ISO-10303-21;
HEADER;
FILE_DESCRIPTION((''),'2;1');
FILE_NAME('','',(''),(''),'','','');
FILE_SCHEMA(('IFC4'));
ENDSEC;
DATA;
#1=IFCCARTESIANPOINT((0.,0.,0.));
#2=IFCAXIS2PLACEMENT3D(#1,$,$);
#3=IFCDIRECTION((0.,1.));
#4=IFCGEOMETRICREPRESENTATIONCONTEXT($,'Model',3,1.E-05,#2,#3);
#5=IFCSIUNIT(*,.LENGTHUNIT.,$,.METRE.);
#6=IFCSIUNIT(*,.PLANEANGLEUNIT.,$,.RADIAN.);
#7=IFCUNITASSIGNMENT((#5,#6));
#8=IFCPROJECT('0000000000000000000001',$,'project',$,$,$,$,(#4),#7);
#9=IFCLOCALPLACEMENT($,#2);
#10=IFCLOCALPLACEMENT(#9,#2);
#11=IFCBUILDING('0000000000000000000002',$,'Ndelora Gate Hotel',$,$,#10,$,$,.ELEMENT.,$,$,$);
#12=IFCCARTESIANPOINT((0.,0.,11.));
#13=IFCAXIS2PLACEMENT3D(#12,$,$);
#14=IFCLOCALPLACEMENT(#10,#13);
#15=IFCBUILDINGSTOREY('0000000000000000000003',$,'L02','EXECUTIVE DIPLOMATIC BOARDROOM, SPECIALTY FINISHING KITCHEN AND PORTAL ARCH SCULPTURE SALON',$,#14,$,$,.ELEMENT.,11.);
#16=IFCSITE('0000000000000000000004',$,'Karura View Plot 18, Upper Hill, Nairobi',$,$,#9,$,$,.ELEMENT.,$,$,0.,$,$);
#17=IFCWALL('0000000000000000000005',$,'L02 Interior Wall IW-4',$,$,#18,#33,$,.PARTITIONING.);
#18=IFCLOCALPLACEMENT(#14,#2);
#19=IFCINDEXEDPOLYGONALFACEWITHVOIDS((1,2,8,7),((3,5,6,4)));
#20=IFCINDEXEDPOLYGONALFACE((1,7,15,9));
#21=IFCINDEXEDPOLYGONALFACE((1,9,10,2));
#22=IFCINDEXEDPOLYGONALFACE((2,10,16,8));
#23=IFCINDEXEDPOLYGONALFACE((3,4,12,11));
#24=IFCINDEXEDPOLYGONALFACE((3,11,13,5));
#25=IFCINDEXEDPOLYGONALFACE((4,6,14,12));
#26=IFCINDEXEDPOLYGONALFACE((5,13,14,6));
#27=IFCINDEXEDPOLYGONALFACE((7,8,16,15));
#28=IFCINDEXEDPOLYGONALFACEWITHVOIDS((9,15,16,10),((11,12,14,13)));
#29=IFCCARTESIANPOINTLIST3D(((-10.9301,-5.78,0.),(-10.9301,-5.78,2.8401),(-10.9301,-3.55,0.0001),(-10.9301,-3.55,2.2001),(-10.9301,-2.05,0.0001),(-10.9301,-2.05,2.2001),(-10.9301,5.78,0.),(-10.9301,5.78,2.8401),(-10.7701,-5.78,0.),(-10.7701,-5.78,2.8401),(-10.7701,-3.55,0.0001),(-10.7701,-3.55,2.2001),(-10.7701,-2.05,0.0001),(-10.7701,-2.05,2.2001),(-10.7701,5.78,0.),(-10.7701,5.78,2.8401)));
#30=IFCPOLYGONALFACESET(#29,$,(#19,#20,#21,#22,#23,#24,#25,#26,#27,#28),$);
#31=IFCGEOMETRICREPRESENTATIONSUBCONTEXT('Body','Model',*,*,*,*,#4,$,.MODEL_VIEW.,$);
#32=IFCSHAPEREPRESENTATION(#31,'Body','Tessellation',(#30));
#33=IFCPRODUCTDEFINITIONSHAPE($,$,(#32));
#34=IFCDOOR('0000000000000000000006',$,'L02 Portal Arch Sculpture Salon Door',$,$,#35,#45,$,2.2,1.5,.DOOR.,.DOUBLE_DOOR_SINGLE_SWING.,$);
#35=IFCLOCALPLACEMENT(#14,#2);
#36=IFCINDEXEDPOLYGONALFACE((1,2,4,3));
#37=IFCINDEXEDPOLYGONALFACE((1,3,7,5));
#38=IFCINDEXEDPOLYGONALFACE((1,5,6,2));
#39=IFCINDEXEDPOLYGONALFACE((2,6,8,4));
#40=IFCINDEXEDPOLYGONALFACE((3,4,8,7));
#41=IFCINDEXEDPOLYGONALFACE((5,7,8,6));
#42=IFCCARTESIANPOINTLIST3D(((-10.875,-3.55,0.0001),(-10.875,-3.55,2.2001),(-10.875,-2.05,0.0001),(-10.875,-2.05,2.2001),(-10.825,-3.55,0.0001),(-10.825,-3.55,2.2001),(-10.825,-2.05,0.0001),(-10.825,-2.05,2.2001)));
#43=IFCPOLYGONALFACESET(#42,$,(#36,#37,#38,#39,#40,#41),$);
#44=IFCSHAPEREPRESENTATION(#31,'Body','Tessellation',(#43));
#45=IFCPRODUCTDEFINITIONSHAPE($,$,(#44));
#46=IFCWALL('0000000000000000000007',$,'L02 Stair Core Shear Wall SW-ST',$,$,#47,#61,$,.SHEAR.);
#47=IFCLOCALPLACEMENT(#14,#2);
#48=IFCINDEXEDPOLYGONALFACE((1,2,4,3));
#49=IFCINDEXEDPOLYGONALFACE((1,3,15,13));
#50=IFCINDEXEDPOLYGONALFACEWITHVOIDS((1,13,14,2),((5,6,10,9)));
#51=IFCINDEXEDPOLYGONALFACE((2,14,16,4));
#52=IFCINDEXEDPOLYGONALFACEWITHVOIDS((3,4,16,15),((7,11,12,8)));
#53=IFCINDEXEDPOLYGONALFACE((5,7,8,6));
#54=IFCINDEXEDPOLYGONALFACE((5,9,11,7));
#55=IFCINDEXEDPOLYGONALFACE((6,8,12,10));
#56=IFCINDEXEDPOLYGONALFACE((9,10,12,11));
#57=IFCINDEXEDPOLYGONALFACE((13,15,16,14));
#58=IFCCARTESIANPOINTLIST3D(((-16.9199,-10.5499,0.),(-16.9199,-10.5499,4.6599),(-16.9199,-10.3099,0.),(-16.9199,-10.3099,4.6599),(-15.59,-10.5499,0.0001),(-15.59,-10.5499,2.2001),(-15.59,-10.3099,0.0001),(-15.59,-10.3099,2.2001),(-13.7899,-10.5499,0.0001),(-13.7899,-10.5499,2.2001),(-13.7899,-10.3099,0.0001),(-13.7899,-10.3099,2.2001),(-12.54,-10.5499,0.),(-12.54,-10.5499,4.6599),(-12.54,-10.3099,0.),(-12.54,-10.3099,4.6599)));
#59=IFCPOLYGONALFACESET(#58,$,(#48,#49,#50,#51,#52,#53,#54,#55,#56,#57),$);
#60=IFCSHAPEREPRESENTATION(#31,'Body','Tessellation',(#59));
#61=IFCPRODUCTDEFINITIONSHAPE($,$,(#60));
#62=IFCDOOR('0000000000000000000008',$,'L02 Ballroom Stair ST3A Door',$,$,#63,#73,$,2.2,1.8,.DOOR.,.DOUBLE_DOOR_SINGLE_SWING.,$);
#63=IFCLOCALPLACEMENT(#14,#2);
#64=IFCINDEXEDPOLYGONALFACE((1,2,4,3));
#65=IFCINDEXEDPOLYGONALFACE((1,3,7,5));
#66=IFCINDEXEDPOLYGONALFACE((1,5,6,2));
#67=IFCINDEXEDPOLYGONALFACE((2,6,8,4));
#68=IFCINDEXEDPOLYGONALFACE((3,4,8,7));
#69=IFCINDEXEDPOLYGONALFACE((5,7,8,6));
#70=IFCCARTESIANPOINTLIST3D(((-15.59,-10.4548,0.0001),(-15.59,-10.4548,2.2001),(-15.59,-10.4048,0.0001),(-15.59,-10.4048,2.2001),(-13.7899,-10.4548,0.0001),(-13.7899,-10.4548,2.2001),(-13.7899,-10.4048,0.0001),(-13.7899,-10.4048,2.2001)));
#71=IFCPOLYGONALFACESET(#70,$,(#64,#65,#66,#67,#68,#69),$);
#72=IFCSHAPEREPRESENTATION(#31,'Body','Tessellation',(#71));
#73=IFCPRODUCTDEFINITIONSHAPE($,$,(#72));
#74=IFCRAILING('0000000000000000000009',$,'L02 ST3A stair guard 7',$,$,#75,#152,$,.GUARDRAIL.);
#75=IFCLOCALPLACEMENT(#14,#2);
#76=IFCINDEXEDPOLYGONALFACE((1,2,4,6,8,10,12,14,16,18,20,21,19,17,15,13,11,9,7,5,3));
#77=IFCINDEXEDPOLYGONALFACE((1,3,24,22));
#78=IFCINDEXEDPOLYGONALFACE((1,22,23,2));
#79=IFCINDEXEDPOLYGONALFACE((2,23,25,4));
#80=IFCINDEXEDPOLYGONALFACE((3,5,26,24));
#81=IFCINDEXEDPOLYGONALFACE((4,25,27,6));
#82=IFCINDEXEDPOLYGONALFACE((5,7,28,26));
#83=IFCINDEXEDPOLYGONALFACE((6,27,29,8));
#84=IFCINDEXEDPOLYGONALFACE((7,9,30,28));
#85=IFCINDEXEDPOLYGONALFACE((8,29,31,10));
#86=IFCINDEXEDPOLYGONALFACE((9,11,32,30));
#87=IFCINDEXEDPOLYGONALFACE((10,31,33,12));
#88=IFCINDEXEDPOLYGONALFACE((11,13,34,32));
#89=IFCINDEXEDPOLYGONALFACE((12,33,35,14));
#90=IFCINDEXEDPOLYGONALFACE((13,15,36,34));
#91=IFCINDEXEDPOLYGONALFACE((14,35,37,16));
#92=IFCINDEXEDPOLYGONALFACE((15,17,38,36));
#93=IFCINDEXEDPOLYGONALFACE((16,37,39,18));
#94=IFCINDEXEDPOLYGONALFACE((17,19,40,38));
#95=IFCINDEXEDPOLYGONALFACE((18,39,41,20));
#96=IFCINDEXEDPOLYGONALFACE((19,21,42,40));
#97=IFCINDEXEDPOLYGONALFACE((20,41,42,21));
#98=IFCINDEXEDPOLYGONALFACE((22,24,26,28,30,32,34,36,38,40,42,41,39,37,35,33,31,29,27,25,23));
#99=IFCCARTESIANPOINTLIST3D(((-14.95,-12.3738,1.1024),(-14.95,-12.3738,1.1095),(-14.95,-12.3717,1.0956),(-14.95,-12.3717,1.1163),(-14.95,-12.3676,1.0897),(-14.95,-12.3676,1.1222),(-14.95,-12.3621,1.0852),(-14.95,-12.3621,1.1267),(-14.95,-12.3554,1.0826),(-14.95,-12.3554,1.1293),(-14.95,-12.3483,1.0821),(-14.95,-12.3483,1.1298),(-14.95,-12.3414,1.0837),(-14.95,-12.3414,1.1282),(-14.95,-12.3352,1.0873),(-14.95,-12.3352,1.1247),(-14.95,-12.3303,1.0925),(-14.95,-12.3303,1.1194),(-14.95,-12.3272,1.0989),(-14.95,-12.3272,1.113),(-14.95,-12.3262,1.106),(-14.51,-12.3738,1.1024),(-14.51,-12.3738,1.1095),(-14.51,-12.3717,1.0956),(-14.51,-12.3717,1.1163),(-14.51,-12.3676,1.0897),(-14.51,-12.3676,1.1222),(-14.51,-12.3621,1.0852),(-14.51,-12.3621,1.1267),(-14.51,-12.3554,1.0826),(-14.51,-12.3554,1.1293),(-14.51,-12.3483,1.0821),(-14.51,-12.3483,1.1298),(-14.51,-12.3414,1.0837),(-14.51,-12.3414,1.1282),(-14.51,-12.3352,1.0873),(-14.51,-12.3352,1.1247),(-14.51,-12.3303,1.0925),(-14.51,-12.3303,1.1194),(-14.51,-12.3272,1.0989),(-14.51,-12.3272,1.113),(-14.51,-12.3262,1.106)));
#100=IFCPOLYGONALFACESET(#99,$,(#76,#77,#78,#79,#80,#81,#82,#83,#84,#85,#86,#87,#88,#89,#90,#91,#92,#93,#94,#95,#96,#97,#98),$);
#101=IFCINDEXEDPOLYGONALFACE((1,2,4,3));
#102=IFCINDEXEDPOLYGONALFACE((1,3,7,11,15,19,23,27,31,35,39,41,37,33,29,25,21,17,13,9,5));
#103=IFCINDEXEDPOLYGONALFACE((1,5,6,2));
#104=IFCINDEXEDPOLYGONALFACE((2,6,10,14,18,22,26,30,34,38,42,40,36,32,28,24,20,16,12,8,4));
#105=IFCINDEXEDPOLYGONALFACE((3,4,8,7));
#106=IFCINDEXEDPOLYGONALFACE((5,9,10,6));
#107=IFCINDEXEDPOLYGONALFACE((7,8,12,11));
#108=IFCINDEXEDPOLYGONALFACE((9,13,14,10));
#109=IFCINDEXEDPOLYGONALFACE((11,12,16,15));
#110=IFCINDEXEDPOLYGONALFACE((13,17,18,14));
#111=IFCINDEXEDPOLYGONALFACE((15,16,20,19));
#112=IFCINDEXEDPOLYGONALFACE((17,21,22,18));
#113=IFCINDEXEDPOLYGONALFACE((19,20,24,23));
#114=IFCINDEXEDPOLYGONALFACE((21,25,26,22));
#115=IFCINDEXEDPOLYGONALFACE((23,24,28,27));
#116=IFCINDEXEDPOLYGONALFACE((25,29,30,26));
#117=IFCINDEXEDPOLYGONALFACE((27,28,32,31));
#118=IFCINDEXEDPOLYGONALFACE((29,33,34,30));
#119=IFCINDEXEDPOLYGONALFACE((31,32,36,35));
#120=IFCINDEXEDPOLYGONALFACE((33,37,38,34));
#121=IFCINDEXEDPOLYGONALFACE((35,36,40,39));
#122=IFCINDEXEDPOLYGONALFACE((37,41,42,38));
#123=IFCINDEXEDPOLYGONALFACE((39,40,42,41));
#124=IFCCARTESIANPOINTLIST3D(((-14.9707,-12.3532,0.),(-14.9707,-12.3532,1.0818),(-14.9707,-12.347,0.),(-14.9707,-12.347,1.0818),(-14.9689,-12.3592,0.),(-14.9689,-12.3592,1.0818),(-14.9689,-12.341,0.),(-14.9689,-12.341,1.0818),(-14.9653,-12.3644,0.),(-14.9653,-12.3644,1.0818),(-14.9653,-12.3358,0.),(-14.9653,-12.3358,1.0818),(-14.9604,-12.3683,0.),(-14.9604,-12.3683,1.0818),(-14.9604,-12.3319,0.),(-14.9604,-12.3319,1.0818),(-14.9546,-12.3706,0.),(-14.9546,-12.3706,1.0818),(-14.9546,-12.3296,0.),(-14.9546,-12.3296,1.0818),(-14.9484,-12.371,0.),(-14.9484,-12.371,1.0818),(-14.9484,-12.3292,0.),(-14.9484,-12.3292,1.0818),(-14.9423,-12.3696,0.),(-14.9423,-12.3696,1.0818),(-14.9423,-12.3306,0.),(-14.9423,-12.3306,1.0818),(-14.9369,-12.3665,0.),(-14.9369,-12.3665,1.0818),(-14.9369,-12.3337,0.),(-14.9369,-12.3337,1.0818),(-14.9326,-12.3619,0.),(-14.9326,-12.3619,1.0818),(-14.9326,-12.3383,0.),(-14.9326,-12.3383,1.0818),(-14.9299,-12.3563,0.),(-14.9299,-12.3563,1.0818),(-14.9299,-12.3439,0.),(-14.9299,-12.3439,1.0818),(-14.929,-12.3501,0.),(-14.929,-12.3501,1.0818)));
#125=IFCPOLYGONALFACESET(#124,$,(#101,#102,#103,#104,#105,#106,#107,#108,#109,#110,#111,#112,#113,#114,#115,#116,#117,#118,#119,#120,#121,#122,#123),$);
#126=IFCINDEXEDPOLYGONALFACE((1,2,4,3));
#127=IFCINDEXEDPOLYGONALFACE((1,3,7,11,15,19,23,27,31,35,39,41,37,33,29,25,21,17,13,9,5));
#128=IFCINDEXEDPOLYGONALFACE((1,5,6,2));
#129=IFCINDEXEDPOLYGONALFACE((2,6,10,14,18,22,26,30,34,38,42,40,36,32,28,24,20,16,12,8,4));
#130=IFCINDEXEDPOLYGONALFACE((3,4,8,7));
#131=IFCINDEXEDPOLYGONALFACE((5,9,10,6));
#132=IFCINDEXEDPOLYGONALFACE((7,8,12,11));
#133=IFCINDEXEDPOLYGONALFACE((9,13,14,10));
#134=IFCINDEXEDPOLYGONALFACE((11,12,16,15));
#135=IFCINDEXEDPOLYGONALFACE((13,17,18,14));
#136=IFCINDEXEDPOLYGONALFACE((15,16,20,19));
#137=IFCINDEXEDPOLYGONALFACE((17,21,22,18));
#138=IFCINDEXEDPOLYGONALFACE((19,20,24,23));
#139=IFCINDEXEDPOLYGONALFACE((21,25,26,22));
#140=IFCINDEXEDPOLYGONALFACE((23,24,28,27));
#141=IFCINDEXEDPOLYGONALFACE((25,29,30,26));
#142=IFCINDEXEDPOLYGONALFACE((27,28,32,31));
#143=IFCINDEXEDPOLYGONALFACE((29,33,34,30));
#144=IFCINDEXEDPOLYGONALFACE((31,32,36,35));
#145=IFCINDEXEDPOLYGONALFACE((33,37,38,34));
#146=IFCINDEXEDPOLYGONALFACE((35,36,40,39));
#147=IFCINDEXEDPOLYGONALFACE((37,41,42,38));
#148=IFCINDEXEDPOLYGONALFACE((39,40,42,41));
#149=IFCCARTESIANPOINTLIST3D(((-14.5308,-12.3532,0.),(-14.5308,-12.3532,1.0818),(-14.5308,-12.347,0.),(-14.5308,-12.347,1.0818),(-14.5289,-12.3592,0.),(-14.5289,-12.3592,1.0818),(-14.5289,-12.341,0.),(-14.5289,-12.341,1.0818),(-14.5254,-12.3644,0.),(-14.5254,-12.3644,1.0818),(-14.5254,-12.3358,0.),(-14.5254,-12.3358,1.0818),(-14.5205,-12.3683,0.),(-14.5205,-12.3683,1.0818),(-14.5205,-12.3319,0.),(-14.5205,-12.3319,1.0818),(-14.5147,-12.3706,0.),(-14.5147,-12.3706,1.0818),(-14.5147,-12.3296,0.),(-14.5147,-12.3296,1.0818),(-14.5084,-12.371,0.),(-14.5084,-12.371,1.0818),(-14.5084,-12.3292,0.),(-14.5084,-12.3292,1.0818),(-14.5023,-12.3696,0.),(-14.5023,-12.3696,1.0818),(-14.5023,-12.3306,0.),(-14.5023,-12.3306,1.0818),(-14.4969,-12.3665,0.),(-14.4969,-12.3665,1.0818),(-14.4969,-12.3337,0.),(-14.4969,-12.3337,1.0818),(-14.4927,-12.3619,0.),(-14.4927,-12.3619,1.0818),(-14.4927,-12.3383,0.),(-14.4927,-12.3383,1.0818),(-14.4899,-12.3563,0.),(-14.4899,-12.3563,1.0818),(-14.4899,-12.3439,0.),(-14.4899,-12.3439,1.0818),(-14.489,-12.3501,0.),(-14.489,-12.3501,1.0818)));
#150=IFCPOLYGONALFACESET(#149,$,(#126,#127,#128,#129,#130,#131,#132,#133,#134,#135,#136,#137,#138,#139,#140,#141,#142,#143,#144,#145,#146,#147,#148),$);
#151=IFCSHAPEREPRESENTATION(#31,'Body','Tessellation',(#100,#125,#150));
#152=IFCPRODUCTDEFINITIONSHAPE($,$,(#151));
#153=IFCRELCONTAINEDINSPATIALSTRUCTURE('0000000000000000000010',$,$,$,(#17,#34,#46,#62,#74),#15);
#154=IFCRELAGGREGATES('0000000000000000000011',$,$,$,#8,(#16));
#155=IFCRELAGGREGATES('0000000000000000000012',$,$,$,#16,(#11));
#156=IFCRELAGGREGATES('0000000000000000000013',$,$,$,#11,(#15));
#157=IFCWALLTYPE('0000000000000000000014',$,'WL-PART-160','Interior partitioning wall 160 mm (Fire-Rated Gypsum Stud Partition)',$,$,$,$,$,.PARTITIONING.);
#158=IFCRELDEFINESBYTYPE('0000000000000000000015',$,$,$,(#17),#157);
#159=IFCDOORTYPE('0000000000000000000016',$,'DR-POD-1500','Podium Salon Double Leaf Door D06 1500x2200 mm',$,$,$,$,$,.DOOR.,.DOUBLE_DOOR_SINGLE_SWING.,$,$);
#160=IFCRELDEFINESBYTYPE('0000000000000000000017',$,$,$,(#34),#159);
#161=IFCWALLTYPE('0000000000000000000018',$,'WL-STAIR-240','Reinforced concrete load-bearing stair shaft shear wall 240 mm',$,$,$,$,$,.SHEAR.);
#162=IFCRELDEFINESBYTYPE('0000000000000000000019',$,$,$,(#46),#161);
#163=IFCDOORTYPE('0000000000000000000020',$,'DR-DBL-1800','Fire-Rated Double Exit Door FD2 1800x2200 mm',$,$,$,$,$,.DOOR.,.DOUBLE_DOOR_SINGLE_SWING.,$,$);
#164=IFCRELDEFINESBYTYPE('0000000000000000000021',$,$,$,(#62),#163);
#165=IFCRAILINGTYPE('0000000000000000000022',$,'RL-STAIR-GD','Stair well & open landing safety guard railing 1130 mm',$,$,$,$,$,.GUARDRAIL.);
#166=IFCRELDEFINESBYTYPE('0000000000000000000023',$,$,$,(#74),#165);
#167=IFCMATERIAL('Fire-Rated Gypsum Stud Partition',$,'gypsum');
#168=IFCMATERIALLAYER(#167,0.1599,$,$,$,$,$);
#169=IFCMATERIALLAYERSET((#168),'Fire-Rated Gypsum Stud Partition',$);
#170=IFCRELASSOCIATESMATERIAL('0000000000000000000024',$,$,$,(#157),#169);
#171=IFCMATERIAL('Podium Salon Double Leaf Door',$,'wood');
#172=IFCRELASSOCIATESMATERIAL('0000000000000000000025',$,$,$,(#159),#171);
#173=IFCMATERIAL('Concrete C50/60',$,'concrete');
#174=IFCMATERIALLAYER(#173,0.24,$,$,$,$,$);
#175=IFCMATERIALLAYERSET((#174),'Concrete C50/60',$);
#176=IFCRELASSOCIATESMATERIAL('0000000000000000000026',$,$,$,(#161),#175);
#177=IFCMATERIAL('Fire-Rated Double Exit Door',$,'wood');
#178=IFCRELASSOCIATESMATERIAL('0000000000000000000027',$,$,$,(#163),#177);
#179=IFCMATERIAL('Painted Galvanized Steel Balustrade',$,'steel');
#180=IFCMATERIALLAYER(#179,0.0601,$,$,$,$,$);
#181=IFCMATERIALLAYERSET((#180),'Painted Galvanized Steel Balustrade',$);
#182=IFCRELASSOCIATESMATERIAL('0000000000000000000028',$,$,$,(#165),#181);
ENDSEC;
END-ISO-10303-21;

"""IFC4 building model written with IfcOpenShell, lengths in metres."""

from ifc_helpers import new_model, si_unit, direction, frame, frame_2d, origin, origin_2d, place, context, subcontext, project, spatial, rectangle, circle, extrude, material, layer, layer_set, type_object, element, fill, save


model = new_model("IFC4")

# Units and contexts
model_context = context("Model", 3, precision=1e-05, world=origin(), true_north=direction((0.0, 1.0)))
body_context = subcontext(model_context, "Body", "Model", "MODEL_VIEW")
ifc_project = project(units=[si_unit("LENGTHUNIT", "METRE"), si_unit("PLANEANGLEUNIT", "RADIAN")], contexts=[model_context])

# Site, building, storey
site_placement = place(None, origin())
site = spatial("IfcSite", under=ifc_project, at=site_placement, Name="Karura View Plot 18, Upper Hill, Nairobi", CompositionType="ELEMENT", RefElevation=0.0)
building_placement = place(site_placement, origin())
building = spatial("IfcBuilding", under=site, at=building_placement, Name="Ndelora Gate Hotel", CompositionType="ELEMENT")
storey_placement = place(building_placement, frame((0.0, 0.0, 11.0)))
storey = spatial("IfcBuildingStorey", under=building, at=storey_placement, Name="L02", Description="EXECUTIVE DIPLOMATIC BOARDROOM, SPECIALTY FINISHING KITCHEN AND PORTAL ARCH SCULPTURE SALON", CompositionType="ELEMENT", Elevation=11.0)

# Walls, openings, doors
ifc_material_1 = material(Name="Fire-Rated Gypsum Stud Partition", Category="gypsum")
ifc_layer_1 = layer(ifc_material_1, 0.1599)
ifc_layer_set_1 = layer_set([ifc_layer_1], Name="Fire-Rated Gypsum Stud Partition")
wall_type_1 = type_object("IfcWallType", Name="WL-PART-160", Description="Interior partitioning wall 160 mm (Fire-Rated Gypsum Stud Partition)", PredefinedType="PARTITIONING", material=ifc_layer_set_1)
wall_1_placement = place(storey_placement, frame((-10.8501, -5.78, 0.0), z_axis=(0.0, 0.0, 1.0), x_axis=(0.0, 1.0, 0.0)))
wall_1 = element("IfcWall", 1, at=wall_1_placement, inside=storey, type_object=wall_type_1, Name="L02 Interior Wall IW-4", PredefinedType="PARTITIONING", context=body_context, shape_type="SweptSolid", body=[
    extrude(rectangle(XDim=11.5601, YDim=0.1599, at=frame_2d((5.78, 0.0))), origin(), (0.0, 0.0, 1.0), 2.8401),
])
opening_1_placement = place(wall_1_placement, frame((2.23, 0.0, 0.0)))
opening_1 = element("IfcOpeningElement", 2, at=opening_1_placement, cuts=wall_1, PredefinedType="OPENING", context=body_context, shape_type="SweptSolid", body=[
    extrude(rectangle(XDim=1.5, YDim=2.2, at=frame_2d((0.75, 1.1001))), frame((0.0, 0.0898, 0.0), z_axis=(0.0, -1.0, 0.0), x_axis=(1.0, 0.0, 0.0)), (0.0, 0.0, 1.0), 0.1799),
])
ifc_material_2 = material(Name="Podium Salon Double Leaf Door", Category="wood")
door_type_1 = type_object("IfcDoorType", Name="DR-POD-1500", Description="Podium Salon Double Leaf Door D06 1500x2200 mm", OperationType="DOUBLE_DOOR_SINGLE_SWING", PredefinedType="DOOR", material=ifc_material_2)
door_1_placement = place(opening_1_placement, origin())
door_1 = element("IfcDoor", 3, at=door_1_placement, inside=storey, type_object=door_type_1, Name="L02 Portal Arch Sculpture Salon Door", OperationType="DOUBLE_DOOR_SINGLE_SWING", OverallHeight=2.2, OverallWidth=1.5, PredefinedType="DOOR", context=body_context, shape_type="SweptSolid", body=[
    extrude(rectangle(XDim=1.5, YDim=2.2, at=frame_2d((0.75, 1.1001))), frame((0.0, 0.0249, 0.0), z_axis=(0.0, -1.0, 0.0), x_axis=(1.0, 0.0, 0.0)), (0.0, 0.0, 1.0), 0.05),
])
fill(opening_1, door_1)
ifc_material_3 = material(Name="Concrete C50/60", Category="concrete")
ifc_layer_2 = layer(ifc_material_3, 0.24)
ifc_layer_set_2 = layer_set([ifc_layer_2], Name="Concrete C50/60")
wall_type_2 = type_object("IfcWallType", Name="WL-STAIR-240", Description="Reinforced concrete load-bearing stair shaft shear wall 240 mm", PredefinedType="SHEAR", material=ifc_layer_set_2)
wall_2_placement = place(storey_placement, frame((-12.54, -10.4299, 0.0), z_axis=(0.0, 0.0, 1.0), x_axis=(-1.0, 0.0, 0.0)))
wall_2 = element("IfcWall", 4, at=wall_2_placement, inside=storey, type_object=wall_type_2, Name="L02 Stair Core Shear Wall SW-ST", PredefinedType="SHEAR", context=body_context, shape_type="SweptSolid", body=[
    extrude(rectangle(XDim=4.3799, YDim=0.24, at=frame_2d((2.1899, 0.0))), origin(), (0.0, 0.0, 1.0), 4.6599),
])
opening_2_placement = place(wall_2_placement, frame((1.25, 0.0, 0.0)))
opening_2 = element("IfcOpeningElement", 5, at=opening_2_placement, cuts=wall_2, PredefinedType="OPENING", context=body_context, shape_type="SweptSolid", body=[
    extrude(rectangle(XDim=1.8, YDim=2.2, at=frame_2d((0.8999, 1.1001))), frame((0.0, 0.1299, 0.0), z_axis=(0.0, -1.0, 0.0), x_axis=(1.0, 0.0, 0.0)), (0.0, 0.0, 1.0), 0.26),
])
ifc_material_4 = material(Name="Fire-Rated Double Exit Door", Category="wood")
door_type_2 = type_object("IfcDoorType", Name="DR-DBL-1800", Description="Fire-Rated Double Exit Door FD2 1800x2200 mm", OperationType="DOUBLE_DOOR_SINGLE_SWING", PredefinedType="DOOR", material=ifc_material_4)
door_2_placement = place(opening_2_placement, origin())
door_2 = element("IfcDoor", 6, at=door_2_placement, inside=storey, type_object=door_type_2, Name="L02 Ballroom Stair ST3A Door", OperationType="DOUBLE_DOOR_SINGLE_SWING", OverallHeight=2.2, OverallWidth=1.8, PredefinedType="DOOR", context=body_context, shape_type="SweptSolid", body=[
    extrude(rectangle(XDim=1.8, YDim=2.2, at=frame_2d((0.8999, 1.1001))), frame((0.0, 0.0249, 0.0), z_axis=(0.0, -1.0, 0.0), x_axis=(1.0, 0.0, 0.0)), (0.0, 0.0, 1.0), 0.05),
])
fill(opening_2, door_2)

# Railing
ifc_material_5 = material(Name="Painted Galvanized Steel Balustrade", Category="steel")
ifc_layer_3 = layer(ifc_material_5, 0.0601)
ifc_layer_set_3 = layer_set([ifc_layer_3], Name="Painted Galvanized Steel Balustrade")
railing_type_1 = type_object("IfcRailingType", Name="RL-STAIR-GD", Description="Stair well & open landing safety guard railing 1130 mm", PredefinedType="GUARDRAIL", material=ifc_layer_set_3)
railing_1_placement = place(storey_placement, frame((-14.95, -12.3501, 0.0)))
element("IfcRailing", 7, at=railing_1_placement, inside=storey, type_object=railing_type_1, Name="L02 ST3A stair guard 7", PredefinedType="GUARDRAIL", context=body_context, shape_type="SweptSolid", body=[
    extrude(circle(Radius=0.0239, at=origin_2d()), frame((0.0, 0.0, 1.106), z_axis=(1.0, 0.0, 0.0), x_axis=(0.0, 1.0, 0.0)), (0.0, 0.0, 1.0), 0.4399),
    extrude(circle(Radius=0.021, at=origin_2d()), origin(), (0.0, 0.0, 1.0), 1.0818),
    extrude(circle(Radius=0.021, at=origin_2d()), frame((0.4399, 0.0, 0.0)), (0.0, 0.0, 1.0), 1.0818),
])

save(model, "model.ifc")
